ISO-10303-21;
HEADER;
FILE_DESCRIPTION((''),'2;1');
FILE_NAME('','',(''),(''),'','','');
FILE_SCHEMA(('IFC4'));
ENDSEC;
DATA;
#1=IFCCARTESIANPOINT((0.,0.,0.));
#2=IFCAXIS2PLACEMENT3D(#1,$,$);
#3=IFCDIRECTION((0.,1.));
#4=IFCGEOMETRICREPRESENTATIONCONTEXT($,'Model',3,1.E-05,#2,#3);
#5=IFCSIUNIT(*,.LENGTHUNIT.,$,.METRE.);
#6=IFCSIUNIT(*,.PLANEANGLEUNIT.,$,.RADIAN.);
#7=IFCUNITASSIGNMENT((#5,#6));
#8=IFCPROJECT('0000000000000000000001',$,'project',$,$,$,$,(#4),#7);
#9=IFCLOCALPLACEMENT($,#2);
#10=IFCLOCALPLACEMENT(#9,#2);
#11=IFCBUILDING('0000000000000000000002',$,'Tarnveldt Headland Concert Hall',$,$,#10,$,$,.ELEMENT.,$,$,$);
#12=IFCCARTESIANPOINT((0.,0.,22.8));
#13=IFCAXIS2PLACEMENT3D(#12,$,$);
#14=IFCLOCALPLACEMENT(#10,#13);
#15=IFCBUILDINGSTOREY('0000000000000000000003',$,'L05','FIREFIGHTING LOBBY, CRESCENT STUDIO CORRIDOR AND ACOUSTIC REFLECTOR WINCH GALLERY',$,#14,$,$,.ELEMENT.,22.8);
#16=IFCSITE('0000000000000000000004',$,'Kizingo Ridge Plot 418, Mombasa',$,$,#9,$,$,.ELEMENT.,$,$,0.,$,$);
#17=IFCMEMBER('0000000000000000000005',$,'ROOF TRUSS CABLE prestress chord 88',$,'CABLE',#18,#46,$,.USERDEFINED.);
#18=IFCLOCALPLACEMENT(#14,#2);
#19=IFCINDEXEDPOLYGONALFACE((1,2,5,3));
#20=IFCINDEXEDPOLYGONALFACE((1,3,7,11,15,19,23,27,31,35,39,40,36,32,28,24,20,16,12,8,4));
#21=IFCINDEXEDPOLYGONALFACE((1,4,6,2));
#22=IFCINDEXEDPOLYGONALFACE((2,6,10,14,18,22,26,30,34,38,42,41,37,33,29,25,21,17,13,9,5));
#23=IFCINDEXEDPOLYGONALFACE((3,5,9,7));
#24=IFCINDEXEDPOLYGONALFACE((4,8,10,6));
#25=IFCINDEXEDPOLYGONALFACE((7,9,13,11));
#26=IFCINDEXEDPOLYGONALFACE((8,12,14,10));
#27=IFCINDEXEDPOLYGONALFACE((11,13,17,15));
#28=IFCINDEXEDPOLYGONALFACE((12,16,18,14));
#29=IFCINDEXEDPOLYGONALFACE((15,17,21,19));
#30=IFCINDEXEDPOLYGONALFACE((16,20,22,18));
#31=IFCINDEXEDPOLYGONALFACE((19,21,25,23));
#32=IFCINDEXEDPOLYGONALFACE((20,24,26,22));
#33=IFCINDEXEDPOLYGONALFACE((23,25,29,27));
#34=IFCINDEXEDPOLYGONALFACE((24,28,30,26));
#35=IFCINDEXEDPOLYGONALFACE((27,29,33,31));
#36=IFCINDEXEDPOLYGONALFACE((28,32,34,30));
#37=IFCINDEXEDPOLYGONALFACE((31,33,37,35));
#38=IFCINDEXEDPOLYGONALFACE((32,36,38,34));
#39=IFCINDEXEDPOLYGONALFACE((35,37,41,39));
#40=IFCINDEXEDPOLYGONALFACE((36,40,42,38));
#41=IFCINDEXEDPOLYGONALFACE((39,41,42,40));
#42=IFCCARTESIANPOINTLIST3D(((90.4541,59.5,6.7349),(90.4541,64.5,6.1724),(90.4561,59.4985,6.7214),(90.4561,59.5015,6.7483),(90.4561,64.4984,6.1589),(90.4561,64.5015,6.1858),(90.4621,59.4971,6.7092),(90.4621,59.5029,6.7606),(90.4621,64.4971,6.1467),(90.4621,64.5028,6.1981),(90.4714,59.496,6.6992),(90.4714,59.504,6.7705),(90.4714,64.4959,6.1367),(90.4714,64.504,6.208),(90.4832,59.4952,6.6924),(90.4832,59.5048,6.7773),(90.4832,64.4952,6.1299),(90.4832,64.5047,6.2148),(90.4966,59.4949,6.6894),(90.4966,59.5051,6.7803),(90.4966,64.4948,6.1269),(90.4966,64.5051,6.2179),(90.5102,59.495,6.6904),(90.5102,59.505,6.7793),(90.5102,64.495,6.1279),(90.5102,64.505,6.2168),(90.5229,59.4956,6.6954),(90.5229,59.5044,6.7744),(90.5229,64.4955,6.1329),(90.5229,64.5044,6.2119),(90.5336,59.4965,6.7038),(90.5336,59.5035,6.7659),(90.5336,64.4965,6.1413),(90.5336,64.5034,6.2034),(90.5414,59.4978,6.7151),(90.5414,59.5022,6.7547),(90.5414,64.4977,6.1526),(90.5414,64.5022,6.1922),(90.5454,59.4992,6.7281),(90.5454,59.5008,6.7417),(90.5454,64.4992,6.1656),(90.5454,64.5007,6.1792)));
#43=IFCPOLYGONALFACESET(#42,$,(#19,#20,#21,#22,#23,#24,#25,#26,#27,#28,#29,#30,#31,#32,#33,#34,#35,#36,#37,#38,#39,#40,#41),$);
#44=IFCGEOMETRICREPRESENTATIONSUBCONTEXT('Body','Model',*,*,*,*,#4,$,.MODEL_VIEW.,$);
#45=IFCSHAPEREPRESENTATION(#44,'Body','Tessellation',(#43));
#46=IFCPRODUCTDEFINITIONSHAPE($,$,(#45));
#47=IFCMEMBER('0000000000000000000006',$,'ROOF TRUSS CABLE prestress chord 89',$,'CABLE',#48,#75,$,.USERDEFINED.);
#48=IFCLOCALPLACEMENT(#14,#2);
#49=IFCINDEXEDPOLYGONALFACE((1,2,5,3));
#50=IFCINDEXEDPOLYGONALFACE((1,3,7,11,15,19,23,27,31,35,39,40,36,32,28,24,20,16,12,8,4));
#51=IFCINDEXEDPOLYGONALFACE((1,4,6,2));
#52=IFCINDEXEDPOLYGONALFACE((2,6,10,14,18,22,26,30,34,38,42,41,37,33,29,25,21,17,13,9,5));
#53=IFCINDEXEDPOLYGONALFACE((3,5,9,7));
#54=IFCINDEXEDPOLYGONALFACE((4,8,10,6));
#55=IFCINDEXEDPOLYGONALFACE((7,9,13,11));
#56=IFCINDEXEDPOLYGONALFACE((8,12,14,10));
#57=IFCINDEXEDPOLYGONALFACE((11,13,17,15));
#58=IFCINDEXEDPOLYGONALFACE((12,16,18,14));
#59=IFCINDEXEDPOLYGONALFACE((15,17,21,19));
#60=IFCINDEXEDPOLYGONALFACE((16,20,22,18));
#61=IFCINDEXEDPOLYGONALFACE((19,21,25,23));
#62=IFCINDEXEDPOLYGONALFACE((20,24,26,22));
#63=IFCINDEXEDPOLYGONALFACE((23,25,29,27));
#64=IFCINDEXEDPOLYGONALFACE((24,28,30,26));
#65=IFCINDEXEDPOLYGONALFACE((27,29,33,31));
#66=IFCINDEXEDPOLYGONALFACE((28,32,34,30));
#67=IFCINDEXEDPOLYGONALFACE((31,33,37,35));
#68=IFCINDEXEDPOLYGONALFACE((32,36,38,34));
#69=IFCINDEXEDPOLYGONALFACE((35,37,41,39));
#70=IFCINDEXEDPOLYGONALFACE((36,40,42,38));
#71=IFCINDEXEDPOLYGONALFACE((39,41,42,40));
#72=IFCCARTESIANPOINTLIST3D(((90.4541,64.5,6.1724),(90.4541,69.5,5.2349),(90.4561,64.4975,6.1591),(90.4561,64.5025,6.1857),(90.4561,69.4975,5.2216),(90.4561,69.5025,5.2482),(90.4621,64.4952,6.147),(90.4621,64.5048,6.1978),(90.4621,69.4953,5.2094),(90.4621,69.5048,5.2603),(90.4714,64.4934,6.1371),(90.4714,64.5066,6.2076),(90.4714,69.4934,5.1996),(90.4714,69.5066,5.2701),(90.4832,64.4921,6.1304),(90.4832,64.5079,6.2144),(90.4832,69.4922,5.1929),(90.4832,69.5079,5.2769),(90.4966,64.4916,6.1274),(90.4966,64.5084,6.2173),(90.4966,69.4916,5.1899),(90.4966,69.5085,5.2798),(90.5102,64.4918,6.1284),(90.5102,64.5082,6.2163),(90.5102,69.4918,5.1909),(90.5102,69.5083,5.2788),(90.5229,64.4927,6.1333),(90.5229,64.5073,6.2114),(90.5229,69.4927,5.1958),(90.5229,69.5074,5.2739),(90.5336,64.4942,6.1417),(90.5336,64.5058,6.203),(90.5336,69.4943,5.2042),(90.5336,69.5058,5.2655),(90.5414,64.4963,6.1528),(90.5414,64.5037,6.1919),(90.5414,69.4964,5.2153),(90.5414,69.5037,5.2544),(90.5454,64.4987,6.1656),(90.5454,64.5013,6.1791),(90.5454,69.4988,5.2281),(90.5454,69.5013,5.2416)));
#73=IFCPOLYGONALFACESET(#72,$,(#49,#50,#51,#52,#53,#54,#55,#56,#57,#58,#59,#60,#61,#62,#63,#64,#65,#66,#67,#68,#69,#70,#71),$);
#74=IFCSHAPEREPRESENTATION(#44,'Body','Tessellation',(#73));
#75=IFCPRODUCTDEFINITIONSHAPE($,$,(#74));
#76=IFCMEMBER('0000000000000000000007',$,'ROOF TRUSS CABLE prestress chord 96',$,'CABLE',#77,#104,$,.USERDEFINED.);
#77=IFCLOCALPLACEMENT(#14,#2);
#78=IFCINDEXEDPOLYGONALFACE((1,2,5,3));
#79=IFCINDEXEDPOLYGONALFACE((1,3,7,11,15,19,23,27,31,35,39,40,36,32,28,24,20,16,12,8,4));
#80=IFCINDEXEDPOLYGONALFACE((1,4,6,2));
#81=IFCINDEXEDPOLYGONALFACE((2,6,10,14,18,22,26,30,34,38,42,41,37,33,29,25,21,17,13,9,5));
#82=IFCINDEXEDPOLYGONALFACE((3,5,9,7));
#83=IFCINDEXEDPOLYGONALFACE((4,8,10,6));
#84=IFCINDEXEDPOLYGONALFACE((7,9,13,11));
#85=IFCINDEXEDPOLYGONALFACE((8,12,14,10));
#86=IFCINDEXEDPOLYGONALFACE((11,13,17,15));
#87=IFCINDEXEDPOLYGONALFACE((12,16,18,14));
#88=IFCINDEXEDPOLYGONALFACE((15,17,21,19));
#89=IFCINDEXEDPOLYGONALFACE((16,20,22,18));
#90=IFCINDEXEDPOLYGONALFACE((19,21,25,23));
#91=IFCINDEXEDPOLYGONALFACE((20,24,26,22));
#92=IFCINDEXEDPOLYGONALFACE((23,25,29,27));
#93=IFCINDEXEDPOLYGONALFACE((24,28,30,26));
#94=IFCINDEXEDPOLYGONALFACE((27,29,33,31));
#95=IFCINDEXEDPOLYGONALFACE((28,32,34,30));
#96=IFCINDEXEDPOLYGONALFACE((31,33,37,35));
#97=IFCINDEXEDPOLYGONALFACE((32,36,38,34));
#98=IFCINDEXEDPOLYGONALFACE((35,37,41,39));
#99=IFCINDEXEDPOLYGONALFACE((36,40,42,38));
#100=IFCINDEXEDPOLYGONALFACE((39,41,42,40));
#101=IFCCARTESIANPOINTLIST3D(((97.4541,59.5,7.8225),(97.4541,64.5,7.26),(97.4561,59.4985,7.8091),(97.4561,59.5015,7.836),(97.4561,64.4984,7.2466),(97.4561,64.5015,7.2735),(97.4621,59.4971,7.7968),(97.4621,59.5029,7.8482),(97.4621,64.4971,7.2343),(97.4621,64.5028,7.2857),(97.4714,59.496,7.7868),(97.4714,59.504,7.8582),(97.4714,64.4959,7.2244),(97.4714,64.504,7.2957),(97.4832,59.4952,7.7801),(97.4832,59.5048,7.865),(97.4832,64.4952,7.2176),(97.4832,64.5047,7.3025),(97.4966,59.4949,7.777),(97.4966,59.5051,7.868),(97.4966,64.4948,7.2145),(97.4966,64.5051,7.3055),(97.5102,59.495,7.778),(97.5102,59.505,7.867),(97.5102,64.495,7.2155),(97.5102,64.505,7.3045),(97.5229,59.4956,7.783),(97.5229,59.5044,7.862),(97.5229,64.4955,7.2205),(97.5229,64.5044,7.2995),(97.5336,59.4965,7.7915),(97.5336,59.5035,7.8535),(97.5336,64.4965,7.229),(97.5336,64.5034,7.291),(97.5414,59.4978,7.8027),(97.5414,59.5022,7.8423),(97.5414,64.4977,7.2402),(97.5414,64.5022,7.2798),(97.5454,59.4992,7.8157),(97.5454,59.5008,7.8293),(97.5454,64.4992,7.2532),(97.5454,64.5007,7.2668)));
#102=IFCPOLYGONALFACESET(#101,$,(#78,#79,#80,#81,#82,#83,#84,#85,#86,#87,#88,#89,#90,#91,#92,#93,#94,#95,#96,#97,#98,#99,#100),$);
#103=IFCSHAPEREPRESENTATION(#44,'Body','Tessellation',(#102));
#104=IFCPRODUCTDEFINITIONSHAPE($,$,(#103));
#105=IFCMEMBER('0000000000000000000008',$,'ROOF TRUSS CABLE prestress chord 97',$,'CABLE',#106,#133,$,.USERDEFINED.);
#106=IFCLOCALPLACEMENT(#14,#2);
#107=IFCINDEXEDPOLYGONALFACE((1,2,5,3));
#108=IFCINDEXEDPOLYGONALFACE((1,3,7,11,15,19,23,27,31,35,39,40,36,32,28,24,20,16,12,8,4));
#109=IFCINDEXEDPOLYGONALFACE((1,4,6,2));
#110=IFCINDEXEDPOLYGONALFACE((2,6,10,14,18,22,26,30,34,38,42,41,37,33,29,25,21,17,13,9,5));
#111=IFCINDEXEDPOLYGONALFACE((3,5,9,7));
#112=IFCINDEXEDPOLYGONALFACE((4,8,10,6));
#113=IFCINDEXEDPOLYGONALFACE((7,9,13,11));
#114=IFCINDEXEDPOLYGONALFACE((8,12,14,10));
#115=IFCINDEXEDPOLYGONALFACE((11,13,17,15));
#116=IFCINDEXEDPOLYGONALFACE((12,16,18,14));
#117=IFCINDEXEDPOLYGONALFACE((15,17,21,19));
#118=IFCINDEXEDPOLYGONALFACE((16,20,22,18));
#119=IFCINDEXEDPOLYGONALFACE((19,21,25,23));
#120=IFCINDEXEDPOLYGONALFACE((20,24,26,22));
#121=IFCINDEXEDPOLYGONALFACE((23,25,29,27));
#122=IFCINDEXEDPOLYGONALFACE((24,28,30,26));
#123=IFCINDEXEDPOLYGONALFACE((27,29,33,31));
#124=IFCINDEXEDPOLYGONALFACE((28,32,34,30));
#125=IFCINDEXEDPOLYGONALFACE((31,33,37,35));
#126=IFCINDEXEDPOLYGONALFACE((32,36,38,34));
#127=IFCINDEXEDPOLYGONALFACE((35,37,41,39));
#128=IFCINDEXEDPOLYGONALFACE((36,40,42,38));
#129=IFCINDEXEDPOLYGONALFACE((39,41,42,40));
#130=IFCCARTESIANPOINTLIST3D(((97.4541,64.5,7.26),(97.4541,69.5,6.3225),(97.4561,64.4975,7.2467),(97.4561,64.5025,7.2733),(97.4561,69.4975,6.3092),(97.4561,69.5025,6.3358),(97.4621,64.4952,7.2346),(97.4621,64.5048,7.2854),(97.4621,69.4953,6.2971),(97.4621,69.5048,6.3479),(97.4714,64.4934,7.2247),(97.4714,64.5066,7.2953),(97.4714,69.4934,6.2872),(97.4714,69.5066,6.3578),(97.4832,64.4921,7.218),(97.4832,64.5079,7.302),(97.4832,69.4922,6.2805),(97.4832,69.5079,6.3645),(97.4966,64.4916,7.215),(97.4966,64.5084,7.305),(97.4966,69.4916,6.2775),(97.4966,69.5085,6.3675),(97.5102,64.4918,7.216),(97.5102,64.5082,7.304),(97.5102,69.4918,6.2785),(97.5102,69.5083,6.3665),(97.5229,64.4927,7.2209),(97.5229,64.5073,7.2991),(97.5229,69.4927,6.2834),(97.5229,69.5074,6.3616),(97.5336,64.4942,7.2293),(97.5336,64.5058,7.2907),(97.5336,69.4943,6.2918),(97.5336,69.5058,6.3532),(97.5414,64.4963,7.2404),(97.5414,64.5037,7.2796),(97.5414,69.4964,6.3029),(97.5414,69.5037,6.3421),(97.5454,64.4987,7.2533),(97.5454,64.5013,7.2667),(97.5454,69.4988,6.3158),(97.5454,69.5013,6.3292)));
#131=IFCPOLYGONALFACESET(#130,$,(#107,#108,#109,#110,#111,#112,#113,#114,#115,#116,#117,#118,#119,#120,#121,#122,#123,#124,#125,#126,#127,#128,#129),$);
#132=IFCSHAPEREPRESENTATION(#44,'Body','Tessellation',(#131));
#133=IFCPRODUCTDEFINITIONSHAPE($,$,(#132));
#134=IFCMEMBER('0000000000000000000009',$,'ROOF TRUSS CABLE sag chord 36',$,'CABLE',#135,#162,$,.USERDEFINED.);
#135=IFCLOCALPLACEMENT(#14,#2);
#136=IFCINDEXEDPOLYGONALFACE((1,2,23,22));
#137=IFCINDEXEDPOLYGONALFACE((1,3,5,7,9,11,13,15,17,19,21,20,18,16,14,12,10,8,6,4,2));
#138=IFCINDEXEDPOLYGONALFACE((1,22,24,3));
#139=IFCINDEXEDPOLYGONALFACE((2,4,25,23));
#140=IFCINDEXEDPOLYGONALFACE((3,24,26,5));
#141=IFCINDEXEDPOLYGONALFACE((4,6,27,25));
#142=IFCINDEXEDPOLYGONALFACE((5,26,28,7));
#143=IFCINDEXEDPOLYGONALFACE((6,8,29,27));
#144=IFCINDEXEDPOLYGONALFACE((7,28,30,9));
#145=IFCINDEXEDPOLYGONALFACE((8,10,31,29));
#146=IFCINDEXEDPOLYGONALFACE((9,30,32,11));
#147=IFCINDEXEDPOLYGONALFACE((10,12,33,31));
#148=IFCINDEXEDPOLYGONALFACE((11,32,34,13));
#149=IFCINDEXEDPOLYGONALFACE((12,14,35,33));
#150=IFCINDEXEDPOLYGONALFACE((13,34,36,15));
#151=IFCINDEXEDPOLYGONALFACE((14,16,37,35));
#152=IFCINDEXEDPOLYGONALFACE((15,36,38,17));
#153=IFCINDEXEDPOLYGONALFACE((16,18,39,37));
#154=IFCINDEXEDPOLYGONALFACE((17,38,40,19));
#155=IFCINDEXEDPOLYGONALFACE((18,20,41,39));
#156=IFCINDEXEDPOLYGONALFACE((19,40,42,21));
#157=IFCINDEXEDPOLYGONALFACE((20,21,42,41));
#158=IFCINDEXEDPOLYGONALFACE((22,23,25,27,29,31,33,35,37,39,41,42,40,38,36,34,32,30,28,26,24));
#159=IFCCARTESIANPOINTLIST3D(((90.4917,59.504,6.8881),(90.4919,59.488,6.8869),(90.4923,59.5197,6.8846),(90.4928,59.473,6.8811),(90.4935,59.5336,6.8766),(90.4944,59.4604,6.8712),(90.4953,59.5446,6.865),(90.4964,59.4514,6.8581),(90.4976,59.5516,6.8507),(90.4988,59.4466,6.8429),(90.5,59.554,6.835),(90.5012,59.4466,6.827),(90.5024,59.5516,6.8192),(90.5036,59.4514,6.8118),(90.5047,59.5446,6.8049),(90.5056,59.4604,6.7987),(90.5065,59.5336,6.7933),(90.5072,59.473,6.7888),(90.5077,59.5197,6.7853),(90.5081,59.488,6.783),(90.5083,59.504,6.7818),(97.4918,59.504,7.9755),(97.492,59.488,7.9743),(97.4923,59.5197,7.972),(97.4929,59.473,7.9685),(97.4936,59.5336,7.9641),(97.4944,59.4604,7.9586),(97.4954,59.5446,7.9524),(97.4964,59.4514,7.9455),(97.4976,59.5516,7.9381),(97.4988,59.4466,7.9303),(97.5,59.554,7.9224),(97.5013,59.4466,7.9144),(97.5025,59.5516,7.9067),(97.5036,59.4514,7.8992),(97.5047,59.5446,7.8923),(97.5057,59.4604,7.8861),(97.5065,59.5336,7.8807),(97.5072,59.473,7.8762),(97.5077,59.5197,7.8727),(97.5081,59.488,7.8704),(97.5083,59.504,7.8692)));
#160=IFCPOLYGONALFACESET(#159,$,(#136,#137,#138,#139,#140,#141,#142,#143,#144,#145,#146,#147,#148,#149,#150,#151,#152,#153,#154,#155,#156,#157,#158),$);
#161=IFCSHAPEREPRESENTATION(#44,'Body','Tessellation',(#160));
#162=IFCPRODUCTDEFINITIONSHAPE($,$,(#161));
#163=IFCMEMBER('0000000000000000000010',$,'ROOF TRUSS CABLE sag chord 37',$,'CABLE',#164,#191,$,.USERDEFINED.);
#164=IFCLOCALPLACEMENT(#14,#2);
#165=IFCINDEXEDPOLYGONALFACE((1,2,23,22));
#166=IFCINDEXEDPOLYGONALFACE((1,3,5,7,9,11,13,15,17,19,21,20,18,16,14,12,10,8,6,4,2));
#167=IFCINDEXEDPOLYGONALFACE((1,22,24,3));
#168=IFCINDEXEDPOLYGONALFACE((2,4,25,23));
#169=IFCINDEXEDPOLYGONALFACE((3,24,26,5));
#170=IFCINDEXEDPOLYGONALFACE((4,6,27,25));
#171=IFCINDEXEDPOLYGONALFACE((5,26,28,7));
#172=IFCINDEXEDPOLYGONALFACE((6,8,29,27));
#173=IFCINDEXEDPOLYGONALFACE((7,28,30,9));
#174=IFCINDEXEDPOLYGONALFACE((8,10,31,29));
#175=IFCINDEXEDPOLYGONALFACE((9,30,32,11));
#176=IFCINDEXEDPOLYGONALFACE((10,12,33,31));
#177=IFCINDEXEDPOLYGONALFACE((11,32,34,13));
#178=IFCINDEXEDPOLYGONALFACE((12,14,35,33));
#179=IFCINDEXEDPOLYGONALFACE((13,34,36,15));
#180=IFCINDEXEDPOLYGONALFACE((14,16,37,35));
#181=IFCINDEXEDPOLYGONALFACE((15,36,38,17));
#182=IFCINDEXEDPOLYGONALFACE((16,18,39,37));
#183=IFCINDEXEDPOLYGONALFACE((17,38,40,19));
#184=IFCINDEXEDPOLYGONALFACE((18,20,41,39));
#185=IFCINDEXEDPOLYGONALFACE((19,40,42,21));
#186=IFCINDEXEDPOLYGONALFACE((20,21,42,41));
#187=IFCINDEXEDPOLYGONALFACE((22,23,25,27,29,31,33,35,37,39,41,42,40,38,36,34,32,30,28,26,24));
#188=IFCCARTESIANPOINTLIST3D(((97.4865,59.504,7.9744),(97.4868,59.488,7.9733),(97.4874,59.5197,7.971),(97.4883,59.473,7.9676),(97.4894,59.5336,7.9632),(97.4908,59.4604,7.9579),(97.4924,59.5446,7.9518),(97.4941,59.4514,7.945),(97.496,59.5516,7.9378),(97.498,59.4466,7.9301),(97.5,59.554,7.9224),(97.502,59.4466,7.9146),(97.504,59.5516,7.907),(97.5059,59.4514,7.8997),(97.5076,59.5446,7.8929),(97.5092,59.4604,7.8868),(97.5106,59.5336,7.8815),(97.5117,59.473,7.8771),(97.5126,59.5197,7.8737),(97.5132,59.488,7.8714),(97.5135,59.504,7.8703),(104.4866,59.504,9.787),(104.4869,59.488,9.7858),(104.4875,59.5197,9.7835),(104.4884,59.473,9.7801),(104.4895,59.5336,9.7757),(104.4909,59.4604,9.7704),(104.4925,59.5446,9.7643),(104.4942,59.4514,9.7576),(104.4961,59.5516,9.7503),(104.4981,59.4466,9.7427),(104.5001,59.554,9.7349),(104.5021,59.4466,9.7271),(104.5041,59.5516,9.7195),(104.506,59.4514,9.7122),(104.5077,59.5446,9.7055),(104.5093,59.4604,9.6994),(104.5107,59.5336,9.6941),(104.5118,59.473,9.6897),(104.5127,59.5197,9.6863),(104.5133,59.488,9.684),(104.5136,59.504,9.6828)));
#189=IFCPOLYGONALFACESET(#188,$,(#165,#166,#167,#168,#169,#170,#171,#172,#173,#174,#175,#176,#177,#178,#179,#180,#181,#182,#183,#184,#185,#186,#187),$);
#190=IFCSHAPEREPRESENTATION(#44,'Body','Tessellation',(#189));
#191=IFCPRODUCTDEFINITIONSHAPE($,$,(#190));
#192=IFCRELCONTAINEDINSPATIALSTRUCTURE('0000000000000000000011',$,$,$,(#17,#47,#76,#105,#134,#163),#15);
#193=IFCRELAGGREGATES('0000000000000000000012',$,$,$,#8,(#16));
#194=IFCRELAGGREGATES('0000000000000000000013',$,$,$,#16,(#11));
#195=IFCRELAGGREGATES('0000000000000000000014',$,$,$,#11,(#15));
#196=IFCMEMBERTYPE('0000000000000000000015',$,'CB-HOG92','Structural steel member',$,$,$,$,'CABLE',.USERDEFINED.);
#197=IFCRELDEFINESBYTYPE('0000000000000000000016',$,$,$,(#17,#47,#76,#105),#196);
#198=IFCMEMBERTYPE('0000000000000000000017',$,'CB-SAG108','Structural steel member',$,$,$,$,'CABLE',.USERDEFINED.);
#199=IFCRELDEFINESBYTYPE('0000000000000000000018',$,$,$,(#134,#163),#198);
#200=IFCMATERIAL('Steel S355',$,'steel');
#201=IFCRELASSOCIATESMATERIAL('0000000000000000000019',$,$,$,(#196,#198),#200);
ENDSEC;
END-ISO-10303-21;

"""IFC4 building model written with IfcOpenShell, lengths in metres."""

from ifc_helpers import new_model, si_unit, direction, frame, origin, origin_2d, place, context, subcontext, project, spatial, circle, extrude, material, material_profile, profile_set, type_object, element, save


model = new_model("IFC4")

# Units and contexts
model_context = context("Model", 3, precision=1e-05, world=origin(), true_north=direction((0.0, 1.0)))
body_context = subcontext(model_context, "Body", "Model", "MODEL_VIEW")
ifc_project = project(units=[si_unit("LENGTHUNIT", "METRE"), si_unit("PLANEANGLEUNIT", "RADIAN")], contexts=[model_context])

# Site, building, storey
site_placement = place(None, origin())
site = spatial("IfcSite", under=ifc_project, at=site_placement, Name="Kizingo Ridge Plot 418, Mombasa", CompositionType="ELEMENT", RefElevation=0.0)
building_placement = place(site_placement, origin())
building = spatial("IfcBuilding", under=site, at=building_placement, Name="Tarnveldt Headland Concert Hall", CompositionType="ELEMENT")
storey_placement = place(building_placement, frame((0.0, 0.0, 22.8)))
storey = spatial("IfcBuildingStorey", under=building, at=storey_placement, Name="L05", Description="FIREFIGHTING LOBBY, CRESCENT STUDIO CORRIDOR AND ACOUSTIC REFLECTOR WINCH GALLERY", CompositionType="ELEMENT", Elevation=22.8)

# Members
ifc_material_1 = material(Name="Steel S355", Category="steel")
ifc_material_profile_1 = material_profile(ifc_material_1, circle(Radius=0.0459, at=origin_2d()), Name="LC D92", Category="steel")
ifc_profile_set_1 = profile_set([ifc_material_profile_1], Name="Steel S355")
member_type_1 = type_object("IfcMemberType", Name="CB-HOG92", Description="Structural steel member", ElementType="CABLE", PredefinedType="USERDEFINED", material=ifc_profile_set_1)
member_1_placement = place(storey_placement, frame((90.5, 59.5, 6.7349), z_axis=(0.0, 0.993731, -0.111795), x_axis=(-1.0, 0.0, 0.0)))
element("IfcMember", 1, at=member_1_placement, inside=storey, type_object=member_type_1, Name="ROOF TRUSS CABLE prestress chord 88", ObjectType="CABLE", PredefinedType="USERDEFINED", context=body_context, shape_type="SweptSolid", body=[
    extrude(circle(Radius=0.0459, at=origin_2d()), origin(), (0.0, 0.0, 1.0), 5.0315),
])
member_2_placement = place(storey_placement, frame((90.5, 64.5, 6.1724), z_axis=(0.0, 0.982872, -0.184289), x_axis=(-1.0, 0.0, 0.0)))
element("IfcMember", 2, at=member_2_placement, inside=storey, type_object=member_type_1, Name="ROOF TRUSS CABLE prestress chord 89", ObjectType="CABLE", PredefinedType="USERDEFINED", context=body_context, shape_type="SweptSolid", body=[
    extrude(circle(Radius=0.0459, at=origin_2d()), origin(), (0.0, 0.0, 1.0), 5.0872),
])
member_3_placement = place(storey_placement, frame((97.5, 59.5, 7.8225), z_axis=(0.0, 0.993731, -0.111795), x_axis=(-1.0, 0.0, 0.0)))
element("IfcMember", 3, at=member_3_placement, inside=storey, type_object=member_type_1, Name="ROOF TRUSS CABLE prestress chord 96", ObjectType="CABLE", PredefinedType="USERDEFINED", context=body_context, shape_type="SweptSolid", body=[
    extrude(circle(Radius=0.0459, at=origin_2d()), origin(), (0.0, 0.0, 1.0), 5.0315),
])
member_4_placement = place(storey_placement, frame((97.5, 64.5, 7.26), z_axis=(0.0, 0.982872, -0.184289), x_axis=(-1.0, 0.0, 0.0)))
element("IfcMember", 4, at=member_4_placement, inside=storey, type_object=member_type_1, Name="ROOF TRUSS CABLE prestress chord 97", ObjectType="CABLE", PredefinedType="USERDEFINED", context=body_context, shape_type="SweptSolid", body=[
    extrude(circle(Radius=0.0459, at=origin_2d()), origin(), (0.0, 0.0, 1.0), 5.0872),
])
ifc_material_profile_2 = material_profile(ifc_material_1, circle(Radius=0.054, at=origin_2d()), Name="LC D108", Category="steel")
ifc_profile_set_2 = profile_set([ifc_material_profile_2], Name="Steel S355")
member_type_2 = type_object("IfcMemberType", Name="CB-SAG108", Description="Structural steel member", ElementType="CABLE", PredefinedType="USERDEFINED", material=ifc_profile_set_2)
member_5_placement = place(storey_placement, frame((90.5, 59.5, 6.835), z_axis=(0.988148, 0.0, 0.153502), x_axis=(0.0, 1.0, 0.0)))
element("IfcMember", 5, at=member_5_placement, inside=storey, type_object=member_type_2, Name="ROOF TRUSS CABLE sag chord 36", ObjectType="CABLE", PredefinedType="USERDEFINED", context=body_context, shape_type="SweptSolid", body=[
    extrude(circle(Radius=0.054, at=origin_2d()), origin(), (0.0, 0.0, 1.0), 7.084),
])
member_6_placement = place(storey_placement, frame((97.5, 59.5, 7.9224), z_axis=(0.968075, 0.0, 0.250662), x_axis=(0.0, 1.0, 0.0)))
element("IfcMember", 6, at=member_6_placement, inside=storey, type_object=member_type_2, Name="ROOF TRUSS CABLE sag chord 37", ObjectType="CABLE", PredefinedType="USERDEFINED", context=body_context, shape_type="SweptSolid", body=[
    extrude(circle(Radius=0.054, at=origin_2d()), origin(), (0.0, 0.0, 1.0), 7.231),
])

save(model, "model.ifc")
